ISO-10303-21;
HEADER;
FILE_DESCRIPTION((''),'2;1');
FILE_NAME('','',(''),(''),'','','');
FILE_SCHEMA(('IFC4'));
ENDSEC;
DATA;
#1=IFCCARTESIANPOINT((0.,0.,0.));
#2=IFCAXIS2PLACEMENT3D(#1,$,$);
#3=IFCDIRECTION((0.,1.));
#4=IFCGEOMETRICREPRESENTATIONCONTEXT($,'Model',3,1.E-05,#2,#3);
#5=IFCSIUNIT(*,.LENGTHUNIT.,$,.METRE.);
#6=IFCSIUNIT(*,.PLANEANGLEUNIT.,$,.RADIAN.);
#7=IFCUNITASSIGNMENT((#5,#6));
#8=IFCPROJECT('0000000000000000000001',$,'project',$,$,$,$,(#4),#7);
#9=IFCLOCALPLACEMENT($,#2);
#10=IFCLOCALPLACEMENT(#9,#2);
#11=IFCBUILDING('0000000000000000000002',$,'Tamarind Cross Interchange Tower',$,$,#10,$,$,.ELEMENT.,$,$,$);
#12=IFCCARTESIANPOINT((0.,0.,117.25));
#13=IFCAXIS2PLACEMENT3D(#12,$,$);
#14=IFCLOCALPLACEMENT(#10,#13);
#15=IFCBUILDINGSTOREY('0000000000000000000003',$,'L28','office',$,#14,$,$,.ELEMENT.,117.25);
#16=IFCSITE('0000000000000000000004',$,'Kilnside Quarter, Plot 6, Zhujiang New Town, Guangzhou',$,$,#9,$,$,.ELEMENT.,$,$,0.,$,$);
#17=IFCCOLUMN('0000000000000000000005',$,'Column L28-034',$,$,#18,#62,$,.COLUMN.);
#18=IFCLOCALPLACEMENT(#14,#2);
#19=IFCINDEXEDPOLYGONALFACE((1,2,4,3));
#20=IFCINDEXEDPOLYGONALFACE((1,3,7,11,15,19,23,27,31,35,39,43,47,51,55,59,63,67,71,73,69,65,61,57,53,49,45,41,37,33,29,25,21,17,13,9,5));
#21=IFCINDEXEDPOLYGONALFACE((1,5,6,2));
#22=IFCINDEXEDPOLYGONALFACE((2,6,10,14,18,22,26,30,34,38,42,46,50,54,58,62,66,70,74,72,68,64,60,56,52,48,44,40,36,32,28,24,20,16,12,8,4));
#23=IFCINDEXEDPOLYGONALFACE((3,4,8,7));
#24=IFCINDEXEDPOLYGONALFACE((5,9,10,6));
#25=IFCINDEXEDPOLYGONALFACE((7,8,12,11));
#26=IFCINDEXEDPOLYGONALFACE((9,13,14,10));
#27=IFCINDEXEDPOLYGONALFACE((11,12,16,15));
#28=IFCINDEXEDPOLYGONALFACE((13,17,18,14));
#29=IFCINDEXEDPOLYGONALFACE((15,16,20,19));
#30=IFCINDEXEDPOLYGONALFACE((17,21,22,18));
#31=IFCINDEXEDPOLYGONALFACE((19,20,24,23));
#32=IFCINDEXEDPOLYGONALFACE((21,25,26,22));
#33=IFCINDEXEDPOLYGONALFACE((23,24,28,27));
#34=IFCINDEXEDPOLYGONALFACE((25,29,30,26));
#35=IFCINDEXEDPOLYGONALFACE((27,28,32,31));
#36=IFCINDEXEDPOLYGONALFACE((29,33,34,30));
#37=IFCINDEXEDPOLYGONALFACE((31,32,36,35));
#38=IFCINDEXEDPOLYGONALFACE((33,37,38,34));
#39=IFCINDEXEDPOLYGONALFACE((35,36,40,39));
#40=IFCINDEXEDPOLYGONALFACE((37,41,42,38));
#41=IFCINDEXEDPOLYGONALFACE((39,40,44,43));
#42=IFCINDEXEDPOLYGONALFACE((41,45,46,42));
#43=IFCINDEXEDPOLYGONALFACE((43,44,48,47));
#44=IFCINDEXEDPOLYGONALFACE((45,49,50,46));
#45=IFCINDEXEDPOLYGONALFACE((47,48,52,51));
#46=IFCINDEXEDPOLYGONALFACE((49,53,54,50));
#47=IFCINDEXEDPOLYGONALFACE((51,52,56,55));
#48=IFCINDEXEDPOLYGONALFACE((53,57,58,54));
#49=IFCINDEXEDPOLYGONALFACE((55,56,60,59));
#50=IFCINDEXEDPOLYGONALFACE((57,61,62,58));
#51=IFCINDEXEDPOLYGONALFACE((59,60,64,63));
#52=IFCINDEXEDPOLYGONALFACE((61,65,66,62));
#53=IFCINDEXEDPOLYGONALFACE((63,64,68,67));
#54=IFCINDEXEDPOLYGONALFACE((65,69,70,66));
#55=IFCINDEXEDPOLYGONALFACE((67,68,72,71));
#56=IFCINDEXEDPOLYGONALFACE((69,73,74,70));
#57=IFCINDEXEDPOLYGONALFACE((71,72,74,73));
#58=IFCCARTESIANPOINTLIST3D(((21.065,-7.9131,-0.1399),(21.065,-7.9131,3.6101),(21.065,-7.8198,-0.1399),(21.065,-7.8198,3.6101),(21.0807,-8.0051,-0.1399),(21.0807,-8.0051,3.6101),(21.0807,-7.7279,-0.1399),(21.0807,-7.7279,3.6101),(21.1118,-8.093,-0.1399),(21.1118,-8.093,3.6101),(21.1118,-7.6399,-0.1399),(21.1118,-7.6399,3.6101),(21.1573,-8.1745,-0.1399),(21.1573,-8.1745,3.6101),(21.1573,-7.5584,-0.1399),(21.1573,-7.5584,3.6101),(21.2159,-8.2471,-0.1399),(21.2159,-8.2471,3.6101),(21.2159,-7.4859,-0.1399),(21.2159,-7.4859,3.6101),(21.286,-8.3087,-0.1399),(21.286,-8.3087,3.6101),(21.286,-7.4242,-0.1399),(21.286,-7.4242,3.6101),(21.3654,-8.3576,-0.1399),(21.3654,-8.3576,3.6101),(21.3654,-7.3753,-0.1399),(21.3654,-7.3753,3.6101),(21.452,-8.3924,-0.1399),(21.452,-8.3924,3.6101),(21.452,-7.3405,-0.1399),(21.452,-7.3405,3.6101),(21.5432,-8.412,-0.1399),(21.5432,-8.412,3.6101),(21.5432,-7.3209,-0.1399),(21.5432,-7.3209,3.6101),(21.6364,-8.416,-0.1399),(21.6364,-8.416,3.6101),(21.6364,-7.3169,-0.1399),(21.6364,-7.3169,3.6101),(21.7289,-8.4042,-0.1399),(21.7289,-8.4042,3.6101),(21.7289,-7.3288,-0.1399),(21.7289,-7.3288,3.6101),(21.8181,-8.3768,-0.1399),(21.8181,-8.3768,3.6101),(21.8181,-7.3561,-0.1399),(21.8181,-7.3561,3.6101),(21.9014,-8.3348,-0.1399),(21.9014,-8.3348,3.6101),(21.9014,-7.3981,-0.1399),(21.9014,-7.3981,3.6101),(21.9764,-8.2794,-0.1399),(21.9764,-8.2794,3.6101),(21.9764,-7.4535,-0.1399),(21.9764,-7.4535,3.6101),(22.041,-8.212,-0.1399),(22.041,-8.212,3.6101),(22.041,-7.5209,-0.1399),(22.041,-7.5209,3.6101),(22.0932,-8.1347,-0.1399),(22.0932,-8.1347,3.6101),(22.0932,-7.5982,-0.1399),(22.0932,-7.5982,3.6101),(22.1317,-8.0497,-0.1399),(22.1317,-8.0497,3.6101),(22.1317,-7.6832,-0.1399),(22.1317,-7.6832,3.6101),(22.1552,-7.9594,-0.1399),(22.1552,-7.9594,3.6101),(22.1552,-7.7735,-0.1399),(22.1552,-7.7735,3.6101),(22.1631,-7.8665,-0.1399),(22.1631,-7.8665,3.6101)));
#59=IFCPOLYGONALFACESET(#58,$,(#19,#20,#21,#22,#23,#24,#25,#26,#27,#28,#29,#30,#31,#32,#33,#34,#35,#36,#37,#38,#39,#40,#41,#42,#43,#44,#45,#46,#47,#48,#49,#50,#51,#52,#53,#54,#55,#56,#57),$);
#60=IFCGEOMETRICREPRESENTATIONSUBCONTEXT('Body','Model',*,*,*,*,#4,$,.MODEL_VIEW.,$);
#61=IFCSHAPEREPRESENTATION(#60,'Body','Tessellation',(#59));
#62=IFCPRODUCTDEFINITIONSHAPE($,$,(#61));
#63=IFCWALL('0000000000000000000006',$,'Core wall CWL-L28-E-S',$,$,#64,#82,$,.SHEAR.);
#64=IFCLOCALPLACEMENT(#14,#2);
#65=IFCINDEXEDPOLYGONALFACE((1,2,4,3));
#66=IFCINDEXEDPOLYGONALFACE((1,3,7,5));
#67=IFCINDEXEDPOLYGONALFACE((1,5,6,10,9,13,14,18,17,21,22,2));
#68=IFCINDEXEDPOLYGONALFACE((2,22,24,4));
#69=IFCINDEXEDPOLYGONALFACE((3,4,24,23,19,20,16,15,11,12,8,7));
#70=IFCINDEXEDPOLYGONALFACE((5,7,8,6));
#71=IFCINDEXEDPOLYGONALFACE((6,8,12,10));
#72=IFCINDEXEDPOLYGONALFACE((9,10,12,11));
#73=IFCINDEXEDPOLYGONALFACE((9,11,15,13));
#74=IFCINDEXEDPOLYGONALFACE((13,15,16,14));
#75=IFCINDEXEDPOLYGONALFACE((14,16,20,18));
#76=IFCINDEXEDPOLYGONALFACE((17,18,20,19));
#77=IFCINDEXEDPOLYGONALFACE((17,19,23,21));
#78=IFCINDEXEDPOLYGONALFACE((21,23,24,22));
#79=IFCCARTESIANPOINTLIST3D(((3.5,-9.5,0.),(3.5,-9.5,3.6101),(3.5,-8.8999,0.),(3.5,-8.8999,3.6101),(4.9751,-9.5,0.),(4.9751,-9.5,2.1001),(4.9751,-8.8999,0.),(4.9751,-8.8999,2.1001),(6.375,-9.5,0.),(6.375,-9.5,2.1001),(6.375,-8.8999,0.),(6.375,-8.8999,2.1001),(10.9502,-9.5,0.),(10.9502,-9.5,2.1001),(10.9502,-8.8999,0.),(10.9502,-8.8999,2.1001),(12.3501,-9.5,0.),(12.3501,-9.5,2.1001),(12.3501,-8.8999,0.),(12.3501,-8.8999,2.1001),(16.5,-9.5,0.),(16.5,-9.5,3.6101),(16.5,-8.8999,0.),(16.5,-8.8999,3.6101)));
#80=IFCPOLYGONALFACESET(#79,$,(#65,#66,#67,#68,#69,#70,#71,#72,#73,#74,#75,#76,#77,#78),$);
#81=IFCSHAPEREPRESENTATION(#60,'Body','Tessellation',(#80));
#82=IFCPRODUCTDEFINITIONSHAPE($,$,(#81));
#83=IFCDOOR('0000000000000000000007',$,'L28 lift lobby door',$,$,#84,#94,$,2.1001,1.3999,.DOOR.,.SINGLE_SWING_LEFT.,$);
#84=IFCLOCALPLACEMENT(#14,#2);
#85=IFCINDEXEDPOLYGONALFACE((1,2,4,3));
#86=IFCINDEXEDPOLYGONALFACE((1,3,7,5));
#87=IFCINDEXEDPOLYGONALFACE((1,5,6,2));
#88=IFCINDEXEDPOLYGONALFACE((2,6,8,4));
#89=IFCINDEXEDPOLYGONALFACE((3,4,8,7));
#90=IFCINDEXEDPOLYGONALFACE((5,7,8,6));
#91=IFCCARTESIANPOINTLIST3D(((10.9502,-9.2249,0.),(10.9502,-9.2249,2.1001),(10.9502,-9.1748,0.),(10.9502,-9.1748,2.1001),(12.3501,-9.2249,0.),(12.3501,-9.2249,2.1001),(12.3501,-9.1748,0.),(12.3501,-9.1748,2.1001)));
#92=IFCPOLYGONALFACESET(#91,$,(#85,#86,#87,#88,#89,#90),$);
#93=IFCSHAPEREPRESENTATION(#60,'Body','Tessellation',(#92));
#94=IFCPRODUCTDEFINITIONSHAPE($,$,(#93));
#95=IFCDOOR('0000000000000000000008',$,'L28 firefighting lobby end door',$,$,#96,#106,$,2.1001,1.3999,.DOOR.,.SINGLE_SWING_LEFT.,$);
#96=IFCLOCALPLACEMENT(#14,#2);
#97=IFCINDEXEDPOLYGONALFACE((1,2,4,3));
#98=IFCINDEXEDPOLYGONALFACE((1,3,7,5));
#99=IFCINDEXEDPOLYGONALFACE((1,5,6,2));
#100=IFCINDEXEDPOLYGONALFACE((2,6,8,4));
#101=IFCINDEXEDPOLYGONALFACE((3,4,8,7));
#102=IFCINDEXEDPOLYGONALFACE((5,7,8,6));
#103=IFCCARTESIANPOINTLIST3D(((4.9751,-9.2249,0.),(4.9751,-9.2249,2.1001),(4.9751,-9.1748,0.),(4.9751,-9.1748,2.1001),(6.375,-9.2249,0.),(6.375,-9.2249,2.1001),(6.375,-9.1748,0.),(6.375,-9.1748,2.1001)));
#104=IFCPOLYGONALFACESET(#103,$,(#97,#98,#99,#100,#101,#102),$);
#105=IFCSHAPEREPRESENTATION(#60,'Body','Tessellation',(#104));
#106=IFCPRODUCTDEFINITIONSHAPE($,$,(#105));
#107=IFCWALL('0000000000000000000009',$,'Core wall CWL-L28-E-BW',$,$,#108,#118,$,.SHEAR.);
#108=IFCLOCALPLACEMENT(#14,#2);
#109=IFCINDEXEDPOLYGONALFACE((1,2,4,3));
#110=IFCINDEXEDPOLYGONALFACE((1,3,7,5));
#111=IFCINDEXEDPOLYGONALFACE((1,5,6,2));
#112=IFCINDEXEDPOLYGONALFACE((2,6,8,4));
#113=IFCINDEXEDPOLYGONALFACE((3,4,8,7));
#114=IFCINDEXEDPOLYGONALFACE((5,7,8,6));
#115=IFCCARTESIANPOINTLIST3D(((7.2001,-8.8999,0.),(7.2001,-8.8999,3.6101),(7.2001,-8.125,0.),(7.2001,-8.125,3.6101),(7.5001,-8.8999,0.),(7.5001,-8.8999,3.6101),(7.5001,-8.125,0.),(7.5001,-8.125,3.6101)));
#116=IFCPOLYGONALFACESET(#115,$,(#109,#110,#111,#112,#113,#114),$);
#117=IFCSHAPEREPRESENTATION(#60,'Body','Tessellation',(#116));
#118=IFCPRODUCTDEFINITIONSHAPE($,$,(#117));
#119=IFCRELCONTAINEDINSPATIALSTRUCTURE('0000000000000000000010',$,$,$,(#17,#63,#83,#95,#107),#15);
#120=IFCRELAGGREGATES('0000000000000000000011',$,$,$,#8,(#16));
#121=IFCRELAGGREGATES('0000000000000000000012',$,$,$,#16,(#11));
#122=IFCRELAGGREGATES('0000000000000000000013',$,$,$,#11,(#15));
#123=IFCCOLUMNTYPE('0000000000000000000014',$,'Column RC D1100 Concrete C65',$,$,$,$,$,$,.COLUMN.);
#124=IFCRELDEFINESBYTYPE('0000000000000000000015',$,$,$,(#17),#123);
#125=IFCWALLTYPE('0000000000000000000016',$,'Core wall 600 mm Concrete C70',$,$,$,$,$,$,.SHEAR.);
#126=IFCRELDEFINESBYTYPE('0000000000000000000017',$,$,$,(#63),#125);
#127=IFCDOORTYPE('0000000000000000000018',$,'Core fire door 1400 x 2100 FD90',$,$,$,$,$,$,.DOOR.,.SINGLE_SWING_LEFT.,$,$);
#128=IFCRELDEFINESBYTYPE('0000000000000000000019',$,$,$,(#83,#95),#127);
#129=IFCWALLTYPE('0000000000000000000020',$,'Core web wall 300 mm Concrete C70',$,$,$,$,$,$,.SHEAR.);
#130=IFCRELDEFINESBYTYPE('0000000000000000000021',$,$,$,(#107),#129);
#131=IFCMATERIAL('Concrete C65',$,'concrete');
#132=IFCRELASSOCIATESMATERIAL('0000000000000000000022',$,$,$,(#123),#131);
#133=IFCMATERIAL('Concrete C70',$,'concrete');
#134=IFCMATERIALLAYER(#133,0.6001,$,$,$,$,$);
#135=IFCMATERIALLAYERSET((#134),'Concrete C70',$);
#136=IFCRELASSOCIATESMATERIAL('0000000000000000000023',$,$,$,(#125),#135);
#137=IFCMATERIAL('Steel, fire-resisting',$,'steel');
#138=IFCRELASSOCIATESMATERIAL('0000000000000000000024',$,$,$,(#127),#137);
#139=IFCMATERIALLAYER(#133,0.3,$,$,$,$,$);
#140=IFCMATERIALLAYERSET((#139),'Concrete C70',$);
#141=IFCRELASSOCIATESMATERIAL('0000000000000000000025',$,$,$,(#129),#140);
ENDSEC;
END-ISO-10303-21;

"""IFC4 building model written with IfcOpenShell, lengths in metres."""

from ifc_helpers import new_model, si_unit, direction, frame, frame_2d, origin, origin_2d, place, context, subcontext, project, spatial, rectangle, circle, extrude, material, layer, layer_set, material_profile, profile_set, type_object, element, fill, save


model = new_model("IFC4")

# Units and contexts
model_context = context("Model", 3, precision=1e-05, world=origin(), true_north=direction((0.0, 1.0)))
body_context = subcontext(model_context, "Body", "Model", "MODEL_VIEW")
ifc_project = project(units=[si_unit("LENGTHUNIT", "METRE"), si_unit("PLANEANGLEUNIT", "RADIAN")], contexts=[model_context])

# Site, building, storey
site_placement = place(None, origin())
site = spatial("IfcSite", under=ifc_project, at=site_placement, Name="Kilnside Quarter, Plot 6, Zhujiang New Town, Guangzhou", CompositionType="ELEMENT", RefElevation=0.0)
building_placement = place(site_placement, origin())
building = spatial("IfcBuilding", under=site, at=building_placement, Name="Tamarind Cross Interchange Tower", CompositionType="ELEMENT")
storey_placement = place(building_placement, frame((0.0, 0.0, 117.25)))
storey = spatial("IfcBuildingStorey", under=building, at=storey_placement, Name="L28", Description="office", CompositionType="ELEMENT", Elevation=117.25)

# Column
ifc_material_1 = material(Name="Concrete C65", Category="concrete")
ifc_material_profile = material_profile(ifc_material_1, circle(Radius=0.55, at=origin_2d()), Name="RC D1100")
ifc_profile_set = profile_set([ifc_material_profile], Name="Concrete C65")
column_type = type_object("IfcColumnType", Name="Column RC D1100 Concrete C65", PredefinedType="COLUMN", material=ifc_profile_set)
column_placement = place(storey_placement, frame((21.613, -7.8665, -0.1399), z_axis=(0.0, 0.0, 1.0), x_axis=(1.0, 0.0, 0.0)))
element("IfcColumn", 1, at=column_placement, inside=storey, type_object=column_type, Name="Column L28-034", PredefinedType="COLUMN", context=body_context, shape_type="SweptSolid", body=[
    extrude(circle(Radius=0.55, at=origin_2d()), origin(), (0.0, 0.0, 1.0), 3.75),
])

# Wall, openings, doors
ifc_material_2 = material(Name="Concrete C70", Category="concrete")
ifc_layer_1 = layer(ifc_material_2, 0.6001)
ifc_layer_set_1 = layer_set([ifc_layer_1], Name="Concrete C70")
wall_type_1 = type_object("IfcWallType", Name="Core wall 600 mm Concrete C70", PredefinedType="SHEAR", material=ifc_layer_set_1)
wall_1_placement = place(storey_placement, frame((16.5, -9.2, 0.0), z_axis=(0.0, 0.0, 1.0), x_axis=(-1.0, 0.0, 0.0)))
wall_1 = element("IfcWall", 2, at=wall_1_placement, inside=storey, type_object=wall_type_1, Name="Core wall CWL-L28-E-S", PredefinedType="SHEAR", context=body_context, shape_type="SweptSolid", body=[
    extrude(rectangle(XDim=13.0, YDim=0.6001, at=frame_2d((6.5, 0.0))), origin(), (0.0, 0.0, 1.0), 3.6101),
])
opening_1_placement = place(wall_1_placement, frame((4.1499, 0.0, 0.0)))
opening_1 = element("IfcOpeningElement", 3, at=opening_1_placement, cuts=wall_1, PredefinedType="OPENING", context=body_context, shape_type="SweptSolid", body=[
    extrude(rectangle(XDim=1.3999, YDim=2.1001, at=frame_2d((0.7, 1.05))), frame((0.0, 0.3101, 0.0), z_axis=(0.0, -1.0, 0.0), x_axis=(1.0, 0.0, 0.0)), (0.0, 0.0, 1.0), 0.6201),
])
opening_2_placement = place(wall_1_placement, frame((10.125, 0.0, 0.0)))
opening_2 = element("IfcOpeningElement", 4, at=opening_2_placement, cuts=wall_1, PredefinedType="OPENING", context=body_context, shape_type="SweptSolid", body=[
    extrude(rectangle(XDim=1.3999, YDim=2.1001, at=frame_2d((0.7, 1.05))), frame((0.0, 0.3101, 0.0), z_axis=(0.0, -1.0, 0.0), x_axis=(1.0, 0.0, 0.0)), (0.0, 0.0, 1.0), 0.6201),
])
ifc_material_3 = material(Name="Steel, fire-resisting", Category="steel")
door_type_1 = type_object("IfcDoorType", Name="Core fire door 1400 x 2100 FD90", OperationType="SINGLE_SWING_LEFT", PredefinedType="DOOR", material=ifc_material_3)
door_1_placement = place(opening_1_placement, origin())
door_1 = element("IfcDoor", 5, at=door_1_placement, inside=storey, type_object=door_type_1, Name="L28 lift lobby door", OperationType="SINGLE_SWING_LEFT", OverallHeight=2.1001, OverallWidth=1.3999, PredefinedType="DOOR", context=body_context, shape_type="SweptSolid", body=[
    extrude(rectangle(XDim=1.3999, YDim=2.1001, at=frame_2d((0.7, 1.05))), frame((0.0, 0.0249, 0.0), z_axis=(0.0, -1.0, 0.0), x_axis=(1.0, 0.0, 0.0)), (0.0, 0.0, 1.0), 0.05),
])
fill(opening_1, door_1)
door_2_placement = place(opening_2_placement, origin())
door_2 = element("IfcDoor", 6, at=door_2_placement, inside=storey, type_object=door_type_1, Name="L28 firefighting lobby end door", OperationType="SINGLE_SWING_LEFT", OverallHeight=2.1001, OverallWidth=1.3999, PredefinedType="DOOR", context=body_context, shape_type="SweptSolid", body=[
    extrude(rectangle(XDim=1.3999, YDim=2.1001, at=frame_2d((0.7, 1.05))), frame((0.0, 0.0249, 0.0), z_axis=(0.0, -1.0, 0.0), x_axis=(1.0, 0.0, 0.0)), (0.0, 0.0, 1.0), 0.05),
])
fill(opening_2, door_2)

# Wall
ifc_layer_2 = layer(ifc_material_2, 0.3)
ifc_layer_set_2 = layer_set([ifc_layer_2], Name="Concrete C70")
wall_type_2 = type_object("IfcWallType", Name="Core web wall 300 mm Concrete C70", PredefinedType="SHEAR", material=ifc_layer_set_2)
wall_2_placement = place(storey_placement, frame((7.3501, -8.8999, 0.0), z_axis=(0.0, 0.0, 1.0), x_axis=(0.0, 1.0, 0.0)))
element("IfcWall", 7, at=wall_2_placement, inside=storey, type_object=wall_type_2, Name="Core wall CWL-L28-E-BW", PredefinedType="SHEAR", context=body_context, shape_type="SweptSolid", body=[
    extrude(rectangle(XDim=0.7749, YDim=0.3, at=frame_2d((0.3875, 0.0))), origin(), (0.0, 0.0, 1.0), 3.6101),
])

save(model, "model.ifc")
